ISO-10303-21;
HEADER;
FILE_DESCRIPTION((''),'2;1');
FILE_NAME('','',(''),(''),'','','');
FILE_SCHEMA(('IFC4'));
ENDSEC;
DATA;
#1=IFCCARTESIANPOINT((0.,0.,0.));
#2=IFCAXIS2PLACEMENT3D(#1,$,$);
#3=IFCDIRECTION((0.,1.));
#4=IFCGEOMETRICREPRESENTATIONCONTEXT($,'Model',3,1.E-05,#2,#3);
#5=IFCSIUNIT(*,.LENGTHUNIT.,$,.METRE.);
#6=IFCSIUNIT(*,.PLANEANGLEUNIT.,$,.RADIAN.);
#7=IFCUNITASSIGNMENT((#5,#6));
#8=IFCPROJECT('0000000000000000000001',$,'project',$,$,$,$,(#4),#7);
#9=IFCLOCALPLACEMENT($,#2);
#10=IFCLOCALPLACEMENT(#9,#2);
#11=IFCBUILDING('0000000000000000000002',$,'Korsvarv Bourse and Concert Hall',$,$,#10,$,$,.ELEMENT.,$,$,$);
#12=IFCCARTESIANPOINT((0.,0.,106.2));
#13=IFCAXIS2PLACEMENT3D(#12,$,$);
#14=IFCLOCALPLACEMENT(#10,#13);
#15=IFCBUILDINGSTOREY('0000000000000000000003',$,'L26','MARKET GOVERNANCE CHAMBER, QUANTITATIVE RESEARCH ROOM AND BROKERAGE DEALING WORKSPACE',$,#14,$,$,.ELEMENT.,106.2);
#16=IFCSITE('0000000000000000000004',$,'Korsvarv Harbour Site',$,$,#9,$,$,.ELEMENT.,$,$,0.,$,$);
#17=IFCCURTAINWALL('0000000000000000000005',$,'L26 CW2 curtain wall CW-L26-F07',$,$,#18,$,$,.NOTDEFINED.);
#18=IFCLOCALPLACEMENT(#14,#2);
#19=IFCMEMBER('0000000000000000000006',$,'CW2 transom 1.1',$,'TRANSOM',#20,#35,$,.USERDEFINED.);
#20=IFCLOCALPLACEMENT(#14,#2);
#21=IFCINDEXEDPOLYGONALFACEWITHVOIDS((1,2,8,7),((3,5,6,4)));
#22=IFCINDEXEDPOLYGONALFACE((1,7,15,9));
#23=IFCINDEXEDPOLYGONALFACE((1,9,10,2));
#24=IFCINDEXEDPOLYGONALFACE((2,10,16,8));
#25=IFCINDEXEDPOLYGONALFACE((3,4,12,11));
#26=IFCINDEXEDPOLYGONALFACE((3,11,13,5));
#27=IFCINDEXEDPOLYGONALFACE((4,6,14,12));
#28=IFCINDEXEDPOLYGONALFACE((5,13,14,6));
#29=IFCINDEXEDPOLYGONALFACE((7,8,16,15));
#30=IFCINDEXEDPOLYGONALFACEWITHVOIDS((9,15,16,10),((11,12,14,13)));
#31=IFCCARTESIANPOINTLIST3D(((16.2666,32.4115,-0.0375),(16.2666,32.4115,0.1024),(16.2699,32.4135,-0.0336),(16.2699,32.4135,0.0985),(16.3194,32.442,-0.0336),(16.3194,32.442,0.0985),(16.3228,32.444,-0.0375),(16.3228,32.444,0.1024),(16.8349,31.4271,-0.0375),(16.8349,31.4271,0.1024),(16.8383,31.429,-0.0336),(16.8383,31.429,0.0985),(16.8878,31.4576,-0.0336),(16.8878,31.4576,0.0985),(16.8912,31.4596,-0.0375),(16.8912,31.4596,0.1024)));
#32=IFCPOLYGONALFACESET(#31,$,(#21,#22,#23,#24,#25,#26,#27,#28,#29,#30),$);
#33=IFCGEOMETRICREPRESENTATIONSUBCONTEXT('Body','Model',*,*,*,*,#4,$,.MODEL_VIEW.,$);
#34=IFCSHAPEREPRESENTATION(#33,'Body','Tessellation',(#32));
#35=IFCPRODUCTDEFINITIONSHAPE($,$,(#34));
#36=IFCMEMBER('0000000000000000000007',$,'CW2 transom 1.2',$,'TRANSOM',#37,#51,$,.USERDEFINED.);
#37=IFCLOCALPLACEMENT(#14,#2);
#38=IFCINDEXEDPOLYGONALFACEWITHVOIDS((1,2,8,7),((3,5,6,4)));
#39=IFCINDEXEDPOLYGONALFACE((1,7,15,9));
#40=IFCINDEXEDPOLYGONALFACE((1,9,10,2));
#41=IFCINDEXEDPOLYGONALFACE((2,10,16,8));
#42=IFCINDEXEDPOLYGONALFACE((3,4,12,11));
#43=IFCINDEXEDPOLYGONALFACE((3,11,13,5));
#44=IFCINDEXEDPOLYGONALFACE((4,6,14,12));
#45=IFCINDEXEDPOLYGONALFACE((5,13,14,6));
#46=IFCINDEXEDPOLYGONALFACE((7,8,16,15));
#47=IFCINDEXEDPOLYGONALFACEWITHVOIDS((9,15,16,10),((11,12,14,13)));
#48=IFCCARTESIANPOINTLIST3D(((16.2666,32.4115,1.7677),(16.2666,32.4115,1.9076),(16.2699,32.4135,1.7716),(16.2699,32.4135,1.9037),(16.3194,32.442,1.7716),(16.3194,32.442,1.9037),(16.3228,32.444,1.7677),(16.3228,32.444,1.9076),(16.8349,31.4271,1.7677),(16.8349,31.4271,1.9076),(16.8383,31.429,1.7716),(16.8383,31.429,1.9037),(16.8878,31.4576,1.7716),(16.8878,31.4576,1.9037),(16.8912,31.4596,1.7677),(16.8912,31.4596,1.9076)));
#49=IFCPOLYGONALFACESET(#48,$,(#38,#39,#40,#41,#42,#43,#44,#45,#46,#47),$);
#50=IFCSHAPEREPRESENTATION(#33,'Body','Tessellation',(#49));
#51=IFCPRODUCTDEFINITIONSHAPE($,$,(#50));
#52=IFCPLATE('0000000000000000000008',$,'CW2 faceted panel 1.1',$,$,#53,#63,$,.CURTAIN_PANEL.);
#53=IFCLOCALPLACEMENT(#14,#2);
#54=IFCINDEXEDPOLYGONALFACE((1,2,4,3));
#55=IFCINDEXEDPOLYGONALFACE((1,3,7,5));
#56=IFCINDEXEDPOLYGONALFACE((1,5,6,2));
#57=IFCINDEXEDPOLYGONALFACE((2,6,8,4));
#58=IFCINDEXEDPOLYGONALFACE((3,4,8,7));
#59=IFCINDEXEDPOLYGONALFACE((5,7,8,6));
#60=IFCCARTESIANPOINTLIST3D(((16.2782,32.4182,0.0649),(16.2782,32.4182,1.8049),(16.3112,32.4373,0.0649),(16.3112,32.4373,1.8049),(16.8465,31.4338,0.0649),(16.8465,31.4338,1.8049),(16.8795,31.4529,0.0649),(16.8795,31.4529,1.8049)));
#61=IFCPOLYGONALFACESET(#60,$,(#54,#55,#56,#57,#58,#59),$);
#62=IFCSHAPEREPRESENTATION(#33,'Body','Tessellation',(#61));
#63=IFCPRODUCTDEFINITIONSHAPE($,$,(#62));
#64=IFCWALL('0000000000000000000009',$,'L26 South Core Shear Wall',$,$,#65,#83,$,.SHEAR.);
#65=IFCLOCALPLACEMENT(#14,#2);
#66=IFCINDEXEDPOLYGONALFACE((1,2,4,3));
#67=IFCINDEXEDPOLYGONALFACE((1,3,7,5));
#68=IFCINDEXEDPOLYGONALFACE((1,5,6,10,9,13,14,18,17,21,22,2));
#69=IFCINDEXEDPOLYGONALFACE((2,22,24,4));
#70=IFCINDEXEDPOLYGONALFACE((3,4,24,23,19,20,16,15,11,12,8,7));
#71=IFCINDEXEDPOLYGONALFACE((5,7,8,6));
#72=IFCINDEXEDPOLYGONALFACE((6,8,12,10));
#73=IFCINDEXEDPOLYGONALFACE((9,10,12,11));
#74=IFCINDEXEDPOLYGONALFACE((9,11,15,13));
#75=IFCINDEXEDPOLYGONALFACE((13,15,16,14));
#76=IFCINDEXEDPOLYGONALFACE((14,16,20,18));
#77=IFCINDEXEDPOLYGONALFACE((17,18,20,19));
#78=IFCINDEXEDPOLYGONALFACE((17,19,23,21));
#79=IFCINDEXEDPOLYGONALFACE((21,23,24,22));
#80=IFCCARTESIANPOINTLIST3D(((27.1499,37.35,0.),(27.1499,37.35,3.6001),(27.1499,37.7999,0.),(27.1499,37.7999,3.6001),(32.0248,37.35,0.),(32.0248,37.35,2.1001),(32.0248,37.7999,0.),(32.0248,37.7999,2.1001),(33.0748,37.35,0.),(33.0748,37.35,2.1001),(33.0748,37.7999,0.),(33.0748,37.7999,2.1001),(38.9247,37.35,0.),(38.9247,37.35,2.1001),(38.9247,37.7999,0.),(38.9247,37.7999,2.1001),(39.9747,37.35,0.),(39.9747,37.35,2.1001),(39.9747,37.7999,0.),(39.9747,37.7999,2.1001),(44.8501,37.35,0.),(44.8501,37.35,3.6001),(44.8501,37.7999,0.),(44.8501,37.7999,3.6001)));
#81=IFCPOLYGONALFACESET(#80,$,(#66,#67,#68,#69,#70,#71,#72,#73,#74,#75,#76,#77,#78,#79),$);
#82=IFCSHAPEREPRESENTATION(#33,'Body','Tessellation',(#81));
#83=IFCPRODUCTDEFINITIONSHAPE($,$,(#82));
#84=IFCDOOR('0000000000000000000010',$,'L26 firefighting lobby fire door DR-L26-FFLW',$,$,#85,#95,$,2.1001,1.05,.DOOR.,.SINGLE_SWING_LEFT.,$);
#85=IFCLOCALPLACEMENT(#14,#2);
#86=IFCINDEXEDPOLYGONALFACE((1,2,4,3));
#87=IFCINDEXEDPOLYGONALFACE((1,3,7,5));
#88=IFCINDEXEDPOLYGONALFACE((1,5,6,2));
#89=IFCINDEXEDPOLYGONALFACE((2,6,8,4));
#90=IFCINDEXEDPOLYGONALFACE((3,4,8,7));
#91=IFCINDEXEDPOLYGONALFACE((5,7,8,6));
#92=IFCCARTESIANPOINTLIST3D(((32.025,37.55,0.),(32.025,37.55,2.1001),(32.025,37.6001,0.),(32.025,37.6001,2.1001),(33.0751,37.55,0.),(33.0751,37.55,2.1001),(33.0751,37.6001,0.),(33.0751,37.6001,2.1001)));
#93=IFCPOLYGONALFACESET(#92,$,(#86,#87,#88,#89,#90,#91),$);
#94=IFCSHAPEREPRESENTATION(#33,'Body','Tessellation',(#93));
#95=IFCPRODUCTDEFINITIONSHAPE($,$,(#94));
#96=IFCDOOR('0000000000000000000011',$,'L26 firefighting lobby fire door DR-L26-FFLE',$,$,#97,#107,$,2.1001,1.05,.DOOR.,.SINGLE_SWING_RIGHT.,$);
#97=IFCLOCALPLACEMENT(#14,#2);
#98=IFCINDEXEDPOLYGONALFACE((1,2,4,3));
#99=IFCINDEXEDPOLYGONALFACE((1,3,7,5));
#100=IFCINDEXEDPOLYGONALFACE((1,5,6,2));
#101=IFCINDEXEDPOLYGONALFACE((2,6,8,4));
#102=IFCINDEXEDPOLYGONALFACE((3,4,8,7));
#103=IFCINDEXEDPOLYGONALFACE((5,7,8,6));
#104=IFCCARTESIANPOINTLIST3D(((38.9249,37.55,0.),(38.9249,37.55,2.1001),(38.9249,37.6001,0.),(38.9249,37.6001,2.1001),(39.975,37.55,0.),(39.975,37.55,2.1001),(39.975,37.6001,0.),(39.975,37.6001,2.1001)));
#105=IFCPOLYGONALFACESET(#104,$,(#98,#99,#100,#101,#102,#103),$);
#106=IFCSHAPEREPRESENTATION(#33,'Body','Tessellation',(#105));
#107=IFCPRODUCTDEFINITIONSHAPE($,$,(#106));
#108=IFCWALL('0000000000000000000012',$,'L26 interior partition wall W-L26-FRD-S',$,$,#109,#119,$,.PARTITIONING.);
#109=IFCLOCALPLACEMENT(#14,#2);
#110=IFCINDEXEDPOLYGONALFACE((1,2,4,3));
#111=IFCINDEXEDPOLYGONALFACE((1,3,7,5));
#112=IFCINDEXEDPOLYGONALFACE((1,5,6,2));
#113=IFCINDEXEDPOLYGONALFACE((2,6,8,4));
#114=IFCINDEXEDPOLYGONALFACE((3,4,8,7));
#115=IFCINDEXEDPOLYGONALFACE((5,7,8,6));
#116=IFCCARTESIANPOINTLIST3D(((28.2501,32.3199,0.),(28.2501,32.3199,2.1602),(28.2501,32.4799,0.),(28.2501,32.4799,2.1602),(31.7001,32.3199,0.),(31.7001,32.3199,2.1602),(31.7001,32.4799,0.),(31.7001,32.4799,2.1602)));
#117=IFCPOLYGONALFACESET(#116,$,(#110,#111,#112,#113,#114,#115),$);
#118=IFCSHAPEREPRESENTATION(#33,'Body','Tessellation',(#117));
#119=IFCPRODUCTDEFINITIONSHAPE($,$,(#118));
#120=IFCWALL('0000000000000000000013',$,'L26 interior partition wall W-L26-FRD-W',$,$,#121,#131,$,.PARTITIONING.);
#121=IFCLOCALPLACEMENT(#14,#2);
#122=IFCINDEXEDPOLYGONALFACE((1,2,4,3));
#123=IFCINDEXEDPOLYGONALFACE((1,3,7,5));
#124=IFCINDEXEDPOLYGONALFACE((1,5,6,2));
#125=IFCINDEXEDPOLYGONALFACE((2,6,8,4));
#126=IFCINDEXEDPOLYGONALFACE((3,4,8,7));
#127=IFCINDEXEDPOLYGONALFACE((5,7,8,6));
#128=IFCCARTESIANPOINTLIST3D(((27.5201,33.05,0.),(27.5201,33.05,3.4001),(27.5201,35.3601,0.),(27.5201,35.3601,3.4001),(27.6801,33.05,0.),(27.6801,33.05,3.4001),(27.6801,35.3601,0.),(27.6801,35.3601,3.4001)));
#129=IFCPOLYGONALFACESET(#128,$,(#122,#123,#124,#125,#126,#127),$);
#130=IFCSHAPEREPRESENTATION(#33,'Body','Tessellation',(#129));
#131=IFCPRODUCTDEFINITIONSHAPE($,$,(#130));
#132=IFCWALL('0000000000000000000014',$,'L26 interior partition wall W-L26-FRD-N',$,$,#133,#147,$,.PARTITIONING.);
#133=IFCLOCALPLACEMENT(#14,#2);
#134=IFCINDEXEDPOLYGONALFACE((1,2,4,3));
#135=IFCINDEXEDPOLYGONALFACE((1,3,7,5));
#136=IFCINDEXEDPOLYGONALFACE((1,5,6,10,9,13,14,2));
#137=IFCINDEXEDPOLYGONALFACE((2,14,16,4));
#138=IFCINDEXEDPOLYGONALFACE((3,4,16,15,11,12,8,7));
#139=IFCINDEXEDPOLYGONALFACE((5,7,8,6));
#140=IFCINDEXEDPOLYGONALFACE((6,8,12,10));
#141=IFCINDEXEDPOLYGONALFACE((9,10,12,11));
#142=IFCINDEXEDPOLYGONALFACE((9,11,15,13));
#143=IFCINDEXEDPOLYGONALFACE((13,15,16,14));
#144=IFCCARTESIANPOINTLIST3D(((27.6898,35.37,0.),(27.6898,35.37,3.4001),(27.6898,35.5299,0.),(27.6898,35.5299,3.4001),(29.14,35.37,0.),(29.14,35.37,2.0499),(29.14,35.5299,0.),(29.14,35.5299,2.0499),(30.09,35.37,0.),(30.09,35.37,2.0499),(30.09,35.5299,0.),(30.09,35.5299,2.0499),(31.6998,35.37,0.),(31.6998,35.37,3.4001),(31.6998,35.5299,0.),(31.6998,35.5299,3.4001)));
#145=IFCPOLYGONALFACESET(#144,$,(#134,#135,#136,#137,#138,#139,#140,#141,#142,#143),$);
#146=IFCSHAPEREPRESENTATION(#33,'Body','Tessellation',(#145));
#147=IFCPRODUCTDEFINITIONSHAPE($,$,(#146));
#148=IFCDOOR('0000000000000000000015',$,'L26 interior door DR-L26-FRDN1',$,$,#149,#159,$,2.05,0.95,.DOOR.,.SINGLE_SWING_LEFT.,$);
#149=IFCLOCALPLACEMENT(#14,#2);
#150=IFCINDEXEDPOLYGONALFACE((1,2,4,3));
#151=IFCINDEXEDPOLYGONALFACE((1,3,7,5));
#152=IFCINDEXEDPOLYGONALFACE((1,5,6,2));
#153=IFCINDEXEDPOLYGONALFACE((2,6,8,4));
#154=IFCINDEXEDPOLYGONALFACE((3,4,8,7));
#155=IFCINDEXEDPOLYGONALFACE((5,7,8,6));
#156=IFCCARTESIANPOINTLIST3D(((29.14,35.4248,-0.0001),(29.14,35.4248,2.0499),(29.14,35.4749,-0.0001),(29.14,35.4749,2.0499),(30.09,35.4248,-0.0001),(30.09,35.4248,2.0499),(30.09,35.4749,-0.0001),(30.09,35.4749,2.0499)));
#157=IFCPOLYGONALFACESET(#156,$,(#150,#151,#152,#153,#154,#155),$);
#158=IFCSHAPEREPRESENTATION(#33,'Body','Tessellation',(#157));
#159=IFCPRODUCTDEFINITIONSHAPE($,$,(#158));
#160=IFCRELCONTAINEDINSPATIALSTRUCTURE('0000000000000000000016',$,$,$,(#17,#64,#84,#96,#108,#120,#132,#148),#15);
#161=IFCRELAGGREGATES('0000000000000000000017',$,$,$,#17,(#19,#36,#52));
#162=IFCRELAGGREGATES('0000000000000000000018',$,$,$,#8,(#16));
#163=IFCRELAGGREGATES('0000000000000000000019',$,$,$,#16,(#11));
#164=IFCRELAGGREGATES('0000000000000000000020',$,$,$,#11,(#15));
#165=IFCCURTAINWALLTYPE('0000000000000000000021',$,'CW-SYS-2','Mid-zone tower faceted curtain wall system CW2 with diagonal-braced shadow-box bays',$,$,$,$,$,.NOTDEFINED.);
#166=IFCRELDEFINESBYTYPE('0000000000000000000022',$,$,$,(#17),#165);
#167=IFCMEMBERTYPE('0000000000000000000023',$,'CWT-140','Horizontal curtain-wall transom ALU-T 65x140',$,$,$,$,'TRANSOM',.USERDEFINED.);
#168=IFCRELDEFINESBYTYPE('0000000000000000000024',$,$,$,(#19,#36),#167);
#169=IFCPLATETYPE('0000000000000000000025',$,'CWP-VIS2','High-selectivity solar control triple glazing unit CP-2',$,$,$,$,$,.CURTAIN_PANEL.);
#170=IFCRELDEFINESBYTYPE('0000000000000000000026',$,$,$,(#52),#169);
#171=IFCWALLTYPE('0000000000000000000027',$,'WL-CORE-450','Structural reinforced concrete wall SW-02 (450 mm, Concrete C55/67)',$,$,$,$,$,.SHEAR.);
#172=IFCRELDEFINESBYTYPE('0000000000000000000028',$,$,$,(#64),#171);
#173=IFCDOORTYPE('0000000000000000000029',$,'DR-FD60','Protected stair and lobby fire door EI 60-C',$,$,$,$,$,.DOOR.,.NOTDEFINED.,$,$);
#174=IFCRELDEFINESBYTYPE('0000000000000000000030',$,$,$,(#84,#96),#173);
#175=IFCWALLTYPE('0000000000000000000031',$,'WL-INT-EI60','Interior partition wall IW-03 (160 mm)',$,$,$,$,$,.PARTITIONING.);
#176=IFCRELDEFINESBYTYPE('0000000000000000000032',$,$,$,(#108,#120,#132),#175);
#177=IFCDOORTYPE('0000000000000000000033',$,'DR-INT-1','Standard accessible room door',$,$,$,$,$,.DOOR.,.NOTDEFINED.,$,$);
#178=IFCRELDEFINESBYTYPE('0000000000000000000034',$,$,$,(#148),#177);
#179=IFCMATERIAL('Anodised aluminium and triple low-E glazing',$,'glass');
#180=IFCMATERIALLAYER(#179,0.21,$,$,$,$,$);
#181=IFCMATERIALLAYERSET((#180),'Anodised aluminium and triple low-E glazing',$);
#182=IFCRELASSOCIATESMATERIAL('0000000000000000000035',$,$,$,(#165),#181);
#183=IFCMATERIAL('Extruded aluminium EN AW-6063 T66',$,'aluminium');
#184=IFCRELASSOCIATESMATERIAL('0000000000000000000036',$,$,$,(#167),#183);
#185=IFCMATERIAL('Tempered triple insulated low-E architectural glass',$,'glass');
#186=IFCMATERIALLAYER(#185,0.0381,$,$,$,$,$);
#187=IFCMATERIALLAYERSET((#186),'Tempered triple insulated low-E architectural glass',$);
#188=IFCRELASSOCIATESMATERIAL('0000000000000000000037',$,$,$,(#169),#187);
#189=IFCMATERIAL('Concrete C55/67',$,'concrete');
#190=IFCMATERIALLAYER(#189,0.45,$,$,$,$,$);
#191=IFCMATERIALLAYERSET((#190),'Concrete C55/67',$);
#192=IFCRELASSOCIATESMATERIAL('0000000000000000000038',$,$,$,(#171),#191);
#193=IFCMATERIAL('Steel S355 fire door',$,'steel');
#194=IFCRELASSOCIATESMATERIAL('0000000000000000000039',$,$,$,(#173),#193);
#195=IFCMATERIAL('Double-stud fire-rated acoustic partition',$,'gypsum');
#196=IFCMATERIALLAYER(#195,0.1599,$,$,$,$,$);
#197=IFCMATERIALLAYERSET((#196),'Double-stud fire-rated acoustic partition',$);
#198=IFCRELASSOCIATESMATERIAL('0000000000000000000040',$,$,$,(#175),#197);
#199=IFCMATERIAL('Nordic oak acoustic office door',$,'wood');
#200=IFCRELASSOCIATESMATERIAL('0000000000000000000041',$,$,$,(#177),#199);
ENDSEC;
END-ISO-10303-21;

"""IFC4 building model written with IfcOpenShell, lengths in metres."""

from ifc_helpers import new_model, si_unit, direction, frame, frame_2d, origin, origin_2d, place, context, subcontext, project, spatial, rectangle, hollow_rectangle, extrude, source, transform, mapped, material, layer, layer_set, material_profile, profile_set, type_object, element, fill, aggregate, save


model = new_model("IFC4")

# Units and contexts
model_context = context("Model", 3, precision=1e-05, world=origin(), true_north=direction((0.0, 1.0)))
body_context = subcontext(model_context, "Body", "Model", "MODEL_VIEW")
ifc_project = project(units=[si_unit("LENGTHUNIT", "METRE"), si_unit("PLANEANGLEUNIT", "RADIAN")], contexts=[model_context])

# Site, building, storey
site_placement = place(None, origin())
site = spatial("IfcSite", under=ifc_project, at=site_placement, Name="Korsvarv Harbour Site", CompositionType="ELEMENT", RefElevation=0.0)
building_placement = place(site_placement, origin())
building = spatial("IfcBuilding", under=site, at=building_placement, Name="Korsvarv Bourse and Concert Hall", CompositionType="ELEMENT")
storey_placement = place(building_placement, frame((0.0, 0.0, 106.2)))
storey = spatial("IfcBuildingStorey", under=building, at=storey_placement, Name="L26", Description="MARKET GOVERNANCE CHAMBER, QUANTITATIVE RESEARCH ROOM AND BROKERAGE DEALING WORKSPACE", CompositionType="ELEMENT", Elevation=106.2)

# Curtain wall, members, plate
ifc_material_1 = material(Name="Anodised aluminium and triple low-E glazing", Category="glass")
ifc_layer_1 = layer(ifc_material_1, 0.21)
ifc_layer_set_1 = layer_set([ifc_layer_1], Name="Anodised aluminium and triple low-E glazing")
curtain_wall_type = type_object("IfcCurtainWallType", Name="CW-SYS-2", Description="Mid-zone tower faceted curtain wall system CW2 with diagonal-braced shadow-box bays", PredefinedType="NOTDEFINED", material=ifc_layer_set_1)
curtain_wall_placement = place(storey_placement, origin())
curtain_wall = element("IfcCurtainWall", 1, at=curtain_wall_placement, inside=storey, type_object=curtain_wall_type, Name="L26 CW2 curtain wall CW-L26-F07", PredefinedType="NOTDEFINED")
ifc_material_2 = material(Name="Extruded aluminium EN AW-6063 T66", Category="aluminium")
ifc_material_profile_1 = material_profile(ifc_material_2, hollow_rectangle(XDim=0.0649, YDim=0.1399, WallThickness=0.0039, at=origin_2d()), Name="ALU-T 65x140")
ifc_profile_set_1 = profile_set([ifc_material_profile_1], Name="Extruded aluminium EN AW-6063 T66")
member_type_1 = type_object("IfcMemberType", Name="CWT-140", Description="Horizontal curtain-wall transom ALU-T 65x140", ElementType="TRANSOM", PredefinedType="USERDEFINED", material=ifc_profile_set_1)
shared_shape_1 = source(origin(), body_context, "Body", "SweptSolid", [
    extrude(hollow_rectangle(XDim=0.0649, YDim=0.1399, WallThickness=0.0039, at=origin_2d()), origin(), (0.0, 0.0, 1.0), 1.1367),
])
member_1_placement = place(storey_placement, frame((16.2947, 32.4277, 0.0325), z_axis=(0.50002, -0.866014, 0.0), x_axis=(0.866014, 0.50002, 0.0)))
member_1 = element("IfcMember", 2, at=member_1_placement, type_object=member_type_1, Name="CW2 transom 1.1", ObjectType="TRANSOM", PredefinedType="USERDEFINED", context=body_context, shape_type="MappedRepresentation", body=[
    mapped(shared_shape_1, transform((0.0, 0.0, 0.0), scale=1.0)),
])
member_2_placement = place(storey_placement, frame((16.2947, 32.4277, 1.8376), z_axis=(0.50002, -0.866014, 0.0), x_axis=(0.866014, 0.50002, 0.0)))
member_2 = element("IfcMember", 3, at=member_2_placement, type_object=member_type_1, Name="CW2 transom 1.2", ObjectType="TRANSOM", PredefinedType="USERDEFINED", context=body_context, shape_type="MappedRepresentation", body=[
    mapped(shared_shape_1, transform((0.0, 0.0, 0.0), scale=1.0)),
])
ifc_material_3 = material(Name="Tempered triple insulated low-E architectural glass", Category="glass")
ifc_layer_2 = layer(ifc_material_3, 0.0381)
ifc_layer_set_2 = layer_set([ifc_layer_2], Name="Tempered triple insulated low-E architectural glass")
plate_type = type_object("IfcPlateType", Name="CWP-VIS2", Description="High-selectivity solar control triple glazing unit CP-2", PredefinedType="CURTAIN_PANEL", material=ifc_layer_set_2)
shared_shape_2 = source(origin(), body_context, "Body", "SweptSolid", [
    extrude(rectangle(XDim=1.1367, YDim=0.0381, at=origin_2d()), origin(), (0.0, 0.0, 1.0), 1.74),
])
plate_placement = place(storey_placement, frame((16.5789, 31.9355, 0.0649), z_axis=(0.0, 0.0, 1.0), x_axis=(0.500002, -0.866024, 0.0)))
plate = element("IfcPlate", 4, at=plate_placement, type_object=plate_type, Name="CW2 faceted panel 1.1", PredefinedType="CURTAIN_PANEL", context=body_context, shape_type="MappedRepresentation", body=[
    mapped(shared_shape_2, transform((0.0, 0.0, 0.0), scale=1.0)),
])
aggregate(curtain_wall, [member_1, member_2, plate])

# Wall, openings, doors
ifc_material_4 = material(Name="Concrete C55/67", Category="concrete")
ifc_layer_3 = layer(ifc_material_4, 0.45)
ifc_layer_set_3 = layer_set([ifc_layer_3], Name="Concrete C55/67")
wall_type_1 = type_object("IfcWallType", Name="WL-CORE-450", Description="Structural reinforced concrete wall SW-02 (450 mm, Concrete C55/67)", PredefinedType="SHEAR", material=ifc_layer_set_3)
wall_1_placement = place(storey_placement, frame((27.1499, 37.575, 0.0), z_axis=(0.0, 0.0, 1.0), x_axis=(1.0, 0.0, 0.0)))
wall_1 = element("IfcWall", 5, at=wall_1_placement, inside=storey, type_object=wall_type_1, Name="L26 South Core Shear Wall", PredefinedType="SHEAR", context=body_context, shape_type="SweptSolid", body=[
    extrude(rectangle(XDim=17.7002, YDim=0.45, at=frame_2d((8.8501, 0.0))), origin(), (0.0, 0.0, 1.0), 3.6001),
])
opening_1_placement = place(wall_1_placement, frame((4.875, 0.0, 0.0)))
opening_1 = element("IfcOpeningElement", 6, at=opening_1_placement, cuts=wall_1, PredefinedType="OPENING", context=body_context, shape_type="SweptSolid", body=[
    extrude(rectangle(XDim=1.05, YDim=2.1001, at=frame_2d((0.5249, 1.05))), frame((0.0, 0.2349, 0.0), z_axis=(0.0, -1.0, 0.0), x_axis=(1.0, 0.0, 0.0)), (0.0, 0.0, 1.0), 0.47),
])
opening_2_placement = place(wall_1_placement, frame((11.7749, 0.0, 0.0)))
opening_2 = element("IfcOpeningElement", 7, at=opening_2_placement, cuts=wall_1, PredefinedType="OPENING", context=body_context, shape_type="SweptSolid", body=[
    extrude(rectangle(XDim=1.05, YDim=2.1001, at=frame_2d((0.5249, 1.05))), frame((0.0, 0.2349, 0.0), z_axis=(0.0, -1.0, 0.0), x_axis=(1.0, 0.0, 0.0)), (0.0, 0.0, 1.0), 0.47),
])
ifc_material_5 = material(Name="Steel S355 fire door", Category="steel")
door_type_1 = type_object("IfcDoorType", Name="DR-FD60", Description="Protected stair and lobby fire door EI 60-C", OperationType="NOTDEFINED", PredefinedType="DOOR", material=ifc_material_5)
door_1_placement = place(opening_1_placement, frame((1.05, 0.0, 0.0), z_axis=(0.0, 0.0, 1.0), x_axis=(-1.0, 0.0, 0.0)))
door_1 = element("IfcDoor", 8, at=door_1_placement, inside=storey, type_object=door_type_1, Name="L26 firefighting lobby fire door DR-L26-FFLW", OperationType="SINGLE_SWING_LEFT", OverallHeight=2.1001, OverallWidth=1.05, PredefinedType="DOOR", context=body_context, shape_type="SweptSolid", body=[
    extrude(rectangle(XDim=1.05, YDim=2.1001, at=frame_2d((0.5249, 1.05))), frame((0.0, 0.0249, 0.0), z_axis=(0.0, -1.0, 0.0), x_axis=(1.0, 0.0, 0.0)), (0.0, 0.0, 1.0), 0.05),
])
fill(opening_1, door_1)
door_2_placement = place(opening_2_placement, frame((1.05, 0.0, 0.0), z_axis=(0.0, 0.0, 1.0), x_axis=(-1.0, 0.0, 0.0)))
door_2 = element("IfcDoor", 9, at=door_2_placement, inside=storey, type_object=door_type_1, Name="L26 firefighting lobby fire door DR-L26-FFLE", OperationType="SINGLE_SWING_RIGHT", OverallHeight=2.1001, OverallWidth=1.05, PredefinedType="DOOR", context=body_context, shape_type="SweptSolid", body=[
    extrude(rectangle(XDim=1.05, YDim=2.1001, at=frame_2d((0.5249, 1.05))), frame((0.0, 0.0249, 0.0), z_axis=(0.0, -1.0, 0.0), x_axis=(1.0, 0.0, 0.0)), (0.0, 0.0, 1.0), 0.05),
])
fill(opening_2, door_2)

# Walls
ifc_material_6 = material(Name="Double-stud fire-rated acoustic partition", Category="gypsum")
ifc_layer_4 = layer(ifc_material_6, 0.1599)
ifc_layer_set_4 = layer_set([ifc_layer_4], Name="Double-stud fire-rated acoustic partition")
wall_type_2 = type_object("IfcWallType", Name="WL-INT-EI60", Description="Interior partition wall IW-03 (160 mm)", PredefinedType="PARTITIONING", material=ifc_layer_set_4)
wall_2_placement = place(storey_placement, frame((28.25, 32.3999, 0.0), z_axis=(0.0, 0.0, 1.0), x_axis=(1.0, 0.0, 0.0)))
element("IfcWall", 10, at=wall_2_placement, inside=storey, type_object=wall_type_2, Name="L26 interior partition wall W-L26-FRD-S", PredefinedType="PARTITIONING", context=body_context, shape_type="SweptSolid", body=[
    extrude(rectangle(XDim=3.45, YDim=0.1599, at=frame_2d((1.7251, 0.0))), origin(), (0.0, 0.0, 1.0), 2.1602),
])
wall_3_placement = place(storey_placement, frame((27.6001, 33.05, 0.0), z_axis=(0.0, 0.0, 1.0), x_axis=(0.0, 1.0, 0.0)))
element("IfcWall", 11, at=wall_3_placement, inside=storey, type_object=wall_type_2, Name="L26 interior partition wall W-L26-FRD-W", PredefinedType="PARTITIONING", context=body_context, shape_type="SweptSolid", body=[
    extrude(rectangle(XDim=2.3101, YDim=0.1599, at=frame_2d((1.155, 0.0))), origin(), (0.0, 0.0, 1.0), 3.4001),
])

# Wall, opening, door
wall_4_placement = place(storey_placement, frame((27.6899, 35.45, 0.0), z_axis=(0.0, 0.0, 1.0), x_axis=(1.0, 0.0, 0.0)))
wall_4 = element("IfcWall", 12, at=wall_4_placement, inside=storey, type_object=wall_type_2, Name="L26 interior partition wall W-L26-FRD-N", PredefinedType="PARTITIONING", context=body_context, shape_type="SweptSolid", body=[
    extrude(rectangle(XDim=4.01, YDim=0.1599, at=frame_2d((2.0049, 0.0))), origin(), (0.0, 0.0, 1.0), 3.4001),
])
opening_3_placement = place(wall_4_placement, frame((1.45, 0.0, 0.0)))
opening_3 = element("IfcOpeningElement", 13, at=opening_3_placement, cuts=wall_4, PredefinedType="OPENING", context=body_context, shape_type="SweptSolid", body=[
    extrude(rectangle(XDim=0.95, YDim=2.05, at=frame_2d((0.4751, 1.0249))), frame((0.0, 0.0898, 0.0), z_axis=(0.0, -1.0, 0.0), x_axis=(1.0, 0.0, 0.0)), (0.0, 0.0, 1.0), 0.1799),
])
ifc_material_7 = material(Name="Nordic oak acoustic office door", Category="wood")
door_type_2 = type_object("IfcDoorType", Name="DR-INT-1", Description="Standard accessible room door", OperationType="NOTDEFINED", PredefinedType="DOOR", material=ifc_material_7)
door_3_placement = place(opening_3_placement, origin())
door_3 = element("IfcDoor", 14, at=door_3_placement, inside=storey, type_object=door_type_2, Name="L26 interior door DR-L26-FRDN1", OperationType="SINGLE_SWING_LEFT", OverallHeight=2.05, OverallWidth=0.95, PredefinedType="DOOR", context=body_context, shape_type="SweptSolid", body=[
    extrude(rectangle(XDim=0.95, YDim=2.05, at=frame_2d((0.4751, 1.0249))), frame((0.0, 0.0249, 0.0), z_axis=(0.0, -1.0, 0.0), x_axis=(1.0, 0.0, 0.0)), (0.0, 0.0, 1.0), 0.05),
])
fill(opening_3, door_3)

save(model, "model.ifc")
